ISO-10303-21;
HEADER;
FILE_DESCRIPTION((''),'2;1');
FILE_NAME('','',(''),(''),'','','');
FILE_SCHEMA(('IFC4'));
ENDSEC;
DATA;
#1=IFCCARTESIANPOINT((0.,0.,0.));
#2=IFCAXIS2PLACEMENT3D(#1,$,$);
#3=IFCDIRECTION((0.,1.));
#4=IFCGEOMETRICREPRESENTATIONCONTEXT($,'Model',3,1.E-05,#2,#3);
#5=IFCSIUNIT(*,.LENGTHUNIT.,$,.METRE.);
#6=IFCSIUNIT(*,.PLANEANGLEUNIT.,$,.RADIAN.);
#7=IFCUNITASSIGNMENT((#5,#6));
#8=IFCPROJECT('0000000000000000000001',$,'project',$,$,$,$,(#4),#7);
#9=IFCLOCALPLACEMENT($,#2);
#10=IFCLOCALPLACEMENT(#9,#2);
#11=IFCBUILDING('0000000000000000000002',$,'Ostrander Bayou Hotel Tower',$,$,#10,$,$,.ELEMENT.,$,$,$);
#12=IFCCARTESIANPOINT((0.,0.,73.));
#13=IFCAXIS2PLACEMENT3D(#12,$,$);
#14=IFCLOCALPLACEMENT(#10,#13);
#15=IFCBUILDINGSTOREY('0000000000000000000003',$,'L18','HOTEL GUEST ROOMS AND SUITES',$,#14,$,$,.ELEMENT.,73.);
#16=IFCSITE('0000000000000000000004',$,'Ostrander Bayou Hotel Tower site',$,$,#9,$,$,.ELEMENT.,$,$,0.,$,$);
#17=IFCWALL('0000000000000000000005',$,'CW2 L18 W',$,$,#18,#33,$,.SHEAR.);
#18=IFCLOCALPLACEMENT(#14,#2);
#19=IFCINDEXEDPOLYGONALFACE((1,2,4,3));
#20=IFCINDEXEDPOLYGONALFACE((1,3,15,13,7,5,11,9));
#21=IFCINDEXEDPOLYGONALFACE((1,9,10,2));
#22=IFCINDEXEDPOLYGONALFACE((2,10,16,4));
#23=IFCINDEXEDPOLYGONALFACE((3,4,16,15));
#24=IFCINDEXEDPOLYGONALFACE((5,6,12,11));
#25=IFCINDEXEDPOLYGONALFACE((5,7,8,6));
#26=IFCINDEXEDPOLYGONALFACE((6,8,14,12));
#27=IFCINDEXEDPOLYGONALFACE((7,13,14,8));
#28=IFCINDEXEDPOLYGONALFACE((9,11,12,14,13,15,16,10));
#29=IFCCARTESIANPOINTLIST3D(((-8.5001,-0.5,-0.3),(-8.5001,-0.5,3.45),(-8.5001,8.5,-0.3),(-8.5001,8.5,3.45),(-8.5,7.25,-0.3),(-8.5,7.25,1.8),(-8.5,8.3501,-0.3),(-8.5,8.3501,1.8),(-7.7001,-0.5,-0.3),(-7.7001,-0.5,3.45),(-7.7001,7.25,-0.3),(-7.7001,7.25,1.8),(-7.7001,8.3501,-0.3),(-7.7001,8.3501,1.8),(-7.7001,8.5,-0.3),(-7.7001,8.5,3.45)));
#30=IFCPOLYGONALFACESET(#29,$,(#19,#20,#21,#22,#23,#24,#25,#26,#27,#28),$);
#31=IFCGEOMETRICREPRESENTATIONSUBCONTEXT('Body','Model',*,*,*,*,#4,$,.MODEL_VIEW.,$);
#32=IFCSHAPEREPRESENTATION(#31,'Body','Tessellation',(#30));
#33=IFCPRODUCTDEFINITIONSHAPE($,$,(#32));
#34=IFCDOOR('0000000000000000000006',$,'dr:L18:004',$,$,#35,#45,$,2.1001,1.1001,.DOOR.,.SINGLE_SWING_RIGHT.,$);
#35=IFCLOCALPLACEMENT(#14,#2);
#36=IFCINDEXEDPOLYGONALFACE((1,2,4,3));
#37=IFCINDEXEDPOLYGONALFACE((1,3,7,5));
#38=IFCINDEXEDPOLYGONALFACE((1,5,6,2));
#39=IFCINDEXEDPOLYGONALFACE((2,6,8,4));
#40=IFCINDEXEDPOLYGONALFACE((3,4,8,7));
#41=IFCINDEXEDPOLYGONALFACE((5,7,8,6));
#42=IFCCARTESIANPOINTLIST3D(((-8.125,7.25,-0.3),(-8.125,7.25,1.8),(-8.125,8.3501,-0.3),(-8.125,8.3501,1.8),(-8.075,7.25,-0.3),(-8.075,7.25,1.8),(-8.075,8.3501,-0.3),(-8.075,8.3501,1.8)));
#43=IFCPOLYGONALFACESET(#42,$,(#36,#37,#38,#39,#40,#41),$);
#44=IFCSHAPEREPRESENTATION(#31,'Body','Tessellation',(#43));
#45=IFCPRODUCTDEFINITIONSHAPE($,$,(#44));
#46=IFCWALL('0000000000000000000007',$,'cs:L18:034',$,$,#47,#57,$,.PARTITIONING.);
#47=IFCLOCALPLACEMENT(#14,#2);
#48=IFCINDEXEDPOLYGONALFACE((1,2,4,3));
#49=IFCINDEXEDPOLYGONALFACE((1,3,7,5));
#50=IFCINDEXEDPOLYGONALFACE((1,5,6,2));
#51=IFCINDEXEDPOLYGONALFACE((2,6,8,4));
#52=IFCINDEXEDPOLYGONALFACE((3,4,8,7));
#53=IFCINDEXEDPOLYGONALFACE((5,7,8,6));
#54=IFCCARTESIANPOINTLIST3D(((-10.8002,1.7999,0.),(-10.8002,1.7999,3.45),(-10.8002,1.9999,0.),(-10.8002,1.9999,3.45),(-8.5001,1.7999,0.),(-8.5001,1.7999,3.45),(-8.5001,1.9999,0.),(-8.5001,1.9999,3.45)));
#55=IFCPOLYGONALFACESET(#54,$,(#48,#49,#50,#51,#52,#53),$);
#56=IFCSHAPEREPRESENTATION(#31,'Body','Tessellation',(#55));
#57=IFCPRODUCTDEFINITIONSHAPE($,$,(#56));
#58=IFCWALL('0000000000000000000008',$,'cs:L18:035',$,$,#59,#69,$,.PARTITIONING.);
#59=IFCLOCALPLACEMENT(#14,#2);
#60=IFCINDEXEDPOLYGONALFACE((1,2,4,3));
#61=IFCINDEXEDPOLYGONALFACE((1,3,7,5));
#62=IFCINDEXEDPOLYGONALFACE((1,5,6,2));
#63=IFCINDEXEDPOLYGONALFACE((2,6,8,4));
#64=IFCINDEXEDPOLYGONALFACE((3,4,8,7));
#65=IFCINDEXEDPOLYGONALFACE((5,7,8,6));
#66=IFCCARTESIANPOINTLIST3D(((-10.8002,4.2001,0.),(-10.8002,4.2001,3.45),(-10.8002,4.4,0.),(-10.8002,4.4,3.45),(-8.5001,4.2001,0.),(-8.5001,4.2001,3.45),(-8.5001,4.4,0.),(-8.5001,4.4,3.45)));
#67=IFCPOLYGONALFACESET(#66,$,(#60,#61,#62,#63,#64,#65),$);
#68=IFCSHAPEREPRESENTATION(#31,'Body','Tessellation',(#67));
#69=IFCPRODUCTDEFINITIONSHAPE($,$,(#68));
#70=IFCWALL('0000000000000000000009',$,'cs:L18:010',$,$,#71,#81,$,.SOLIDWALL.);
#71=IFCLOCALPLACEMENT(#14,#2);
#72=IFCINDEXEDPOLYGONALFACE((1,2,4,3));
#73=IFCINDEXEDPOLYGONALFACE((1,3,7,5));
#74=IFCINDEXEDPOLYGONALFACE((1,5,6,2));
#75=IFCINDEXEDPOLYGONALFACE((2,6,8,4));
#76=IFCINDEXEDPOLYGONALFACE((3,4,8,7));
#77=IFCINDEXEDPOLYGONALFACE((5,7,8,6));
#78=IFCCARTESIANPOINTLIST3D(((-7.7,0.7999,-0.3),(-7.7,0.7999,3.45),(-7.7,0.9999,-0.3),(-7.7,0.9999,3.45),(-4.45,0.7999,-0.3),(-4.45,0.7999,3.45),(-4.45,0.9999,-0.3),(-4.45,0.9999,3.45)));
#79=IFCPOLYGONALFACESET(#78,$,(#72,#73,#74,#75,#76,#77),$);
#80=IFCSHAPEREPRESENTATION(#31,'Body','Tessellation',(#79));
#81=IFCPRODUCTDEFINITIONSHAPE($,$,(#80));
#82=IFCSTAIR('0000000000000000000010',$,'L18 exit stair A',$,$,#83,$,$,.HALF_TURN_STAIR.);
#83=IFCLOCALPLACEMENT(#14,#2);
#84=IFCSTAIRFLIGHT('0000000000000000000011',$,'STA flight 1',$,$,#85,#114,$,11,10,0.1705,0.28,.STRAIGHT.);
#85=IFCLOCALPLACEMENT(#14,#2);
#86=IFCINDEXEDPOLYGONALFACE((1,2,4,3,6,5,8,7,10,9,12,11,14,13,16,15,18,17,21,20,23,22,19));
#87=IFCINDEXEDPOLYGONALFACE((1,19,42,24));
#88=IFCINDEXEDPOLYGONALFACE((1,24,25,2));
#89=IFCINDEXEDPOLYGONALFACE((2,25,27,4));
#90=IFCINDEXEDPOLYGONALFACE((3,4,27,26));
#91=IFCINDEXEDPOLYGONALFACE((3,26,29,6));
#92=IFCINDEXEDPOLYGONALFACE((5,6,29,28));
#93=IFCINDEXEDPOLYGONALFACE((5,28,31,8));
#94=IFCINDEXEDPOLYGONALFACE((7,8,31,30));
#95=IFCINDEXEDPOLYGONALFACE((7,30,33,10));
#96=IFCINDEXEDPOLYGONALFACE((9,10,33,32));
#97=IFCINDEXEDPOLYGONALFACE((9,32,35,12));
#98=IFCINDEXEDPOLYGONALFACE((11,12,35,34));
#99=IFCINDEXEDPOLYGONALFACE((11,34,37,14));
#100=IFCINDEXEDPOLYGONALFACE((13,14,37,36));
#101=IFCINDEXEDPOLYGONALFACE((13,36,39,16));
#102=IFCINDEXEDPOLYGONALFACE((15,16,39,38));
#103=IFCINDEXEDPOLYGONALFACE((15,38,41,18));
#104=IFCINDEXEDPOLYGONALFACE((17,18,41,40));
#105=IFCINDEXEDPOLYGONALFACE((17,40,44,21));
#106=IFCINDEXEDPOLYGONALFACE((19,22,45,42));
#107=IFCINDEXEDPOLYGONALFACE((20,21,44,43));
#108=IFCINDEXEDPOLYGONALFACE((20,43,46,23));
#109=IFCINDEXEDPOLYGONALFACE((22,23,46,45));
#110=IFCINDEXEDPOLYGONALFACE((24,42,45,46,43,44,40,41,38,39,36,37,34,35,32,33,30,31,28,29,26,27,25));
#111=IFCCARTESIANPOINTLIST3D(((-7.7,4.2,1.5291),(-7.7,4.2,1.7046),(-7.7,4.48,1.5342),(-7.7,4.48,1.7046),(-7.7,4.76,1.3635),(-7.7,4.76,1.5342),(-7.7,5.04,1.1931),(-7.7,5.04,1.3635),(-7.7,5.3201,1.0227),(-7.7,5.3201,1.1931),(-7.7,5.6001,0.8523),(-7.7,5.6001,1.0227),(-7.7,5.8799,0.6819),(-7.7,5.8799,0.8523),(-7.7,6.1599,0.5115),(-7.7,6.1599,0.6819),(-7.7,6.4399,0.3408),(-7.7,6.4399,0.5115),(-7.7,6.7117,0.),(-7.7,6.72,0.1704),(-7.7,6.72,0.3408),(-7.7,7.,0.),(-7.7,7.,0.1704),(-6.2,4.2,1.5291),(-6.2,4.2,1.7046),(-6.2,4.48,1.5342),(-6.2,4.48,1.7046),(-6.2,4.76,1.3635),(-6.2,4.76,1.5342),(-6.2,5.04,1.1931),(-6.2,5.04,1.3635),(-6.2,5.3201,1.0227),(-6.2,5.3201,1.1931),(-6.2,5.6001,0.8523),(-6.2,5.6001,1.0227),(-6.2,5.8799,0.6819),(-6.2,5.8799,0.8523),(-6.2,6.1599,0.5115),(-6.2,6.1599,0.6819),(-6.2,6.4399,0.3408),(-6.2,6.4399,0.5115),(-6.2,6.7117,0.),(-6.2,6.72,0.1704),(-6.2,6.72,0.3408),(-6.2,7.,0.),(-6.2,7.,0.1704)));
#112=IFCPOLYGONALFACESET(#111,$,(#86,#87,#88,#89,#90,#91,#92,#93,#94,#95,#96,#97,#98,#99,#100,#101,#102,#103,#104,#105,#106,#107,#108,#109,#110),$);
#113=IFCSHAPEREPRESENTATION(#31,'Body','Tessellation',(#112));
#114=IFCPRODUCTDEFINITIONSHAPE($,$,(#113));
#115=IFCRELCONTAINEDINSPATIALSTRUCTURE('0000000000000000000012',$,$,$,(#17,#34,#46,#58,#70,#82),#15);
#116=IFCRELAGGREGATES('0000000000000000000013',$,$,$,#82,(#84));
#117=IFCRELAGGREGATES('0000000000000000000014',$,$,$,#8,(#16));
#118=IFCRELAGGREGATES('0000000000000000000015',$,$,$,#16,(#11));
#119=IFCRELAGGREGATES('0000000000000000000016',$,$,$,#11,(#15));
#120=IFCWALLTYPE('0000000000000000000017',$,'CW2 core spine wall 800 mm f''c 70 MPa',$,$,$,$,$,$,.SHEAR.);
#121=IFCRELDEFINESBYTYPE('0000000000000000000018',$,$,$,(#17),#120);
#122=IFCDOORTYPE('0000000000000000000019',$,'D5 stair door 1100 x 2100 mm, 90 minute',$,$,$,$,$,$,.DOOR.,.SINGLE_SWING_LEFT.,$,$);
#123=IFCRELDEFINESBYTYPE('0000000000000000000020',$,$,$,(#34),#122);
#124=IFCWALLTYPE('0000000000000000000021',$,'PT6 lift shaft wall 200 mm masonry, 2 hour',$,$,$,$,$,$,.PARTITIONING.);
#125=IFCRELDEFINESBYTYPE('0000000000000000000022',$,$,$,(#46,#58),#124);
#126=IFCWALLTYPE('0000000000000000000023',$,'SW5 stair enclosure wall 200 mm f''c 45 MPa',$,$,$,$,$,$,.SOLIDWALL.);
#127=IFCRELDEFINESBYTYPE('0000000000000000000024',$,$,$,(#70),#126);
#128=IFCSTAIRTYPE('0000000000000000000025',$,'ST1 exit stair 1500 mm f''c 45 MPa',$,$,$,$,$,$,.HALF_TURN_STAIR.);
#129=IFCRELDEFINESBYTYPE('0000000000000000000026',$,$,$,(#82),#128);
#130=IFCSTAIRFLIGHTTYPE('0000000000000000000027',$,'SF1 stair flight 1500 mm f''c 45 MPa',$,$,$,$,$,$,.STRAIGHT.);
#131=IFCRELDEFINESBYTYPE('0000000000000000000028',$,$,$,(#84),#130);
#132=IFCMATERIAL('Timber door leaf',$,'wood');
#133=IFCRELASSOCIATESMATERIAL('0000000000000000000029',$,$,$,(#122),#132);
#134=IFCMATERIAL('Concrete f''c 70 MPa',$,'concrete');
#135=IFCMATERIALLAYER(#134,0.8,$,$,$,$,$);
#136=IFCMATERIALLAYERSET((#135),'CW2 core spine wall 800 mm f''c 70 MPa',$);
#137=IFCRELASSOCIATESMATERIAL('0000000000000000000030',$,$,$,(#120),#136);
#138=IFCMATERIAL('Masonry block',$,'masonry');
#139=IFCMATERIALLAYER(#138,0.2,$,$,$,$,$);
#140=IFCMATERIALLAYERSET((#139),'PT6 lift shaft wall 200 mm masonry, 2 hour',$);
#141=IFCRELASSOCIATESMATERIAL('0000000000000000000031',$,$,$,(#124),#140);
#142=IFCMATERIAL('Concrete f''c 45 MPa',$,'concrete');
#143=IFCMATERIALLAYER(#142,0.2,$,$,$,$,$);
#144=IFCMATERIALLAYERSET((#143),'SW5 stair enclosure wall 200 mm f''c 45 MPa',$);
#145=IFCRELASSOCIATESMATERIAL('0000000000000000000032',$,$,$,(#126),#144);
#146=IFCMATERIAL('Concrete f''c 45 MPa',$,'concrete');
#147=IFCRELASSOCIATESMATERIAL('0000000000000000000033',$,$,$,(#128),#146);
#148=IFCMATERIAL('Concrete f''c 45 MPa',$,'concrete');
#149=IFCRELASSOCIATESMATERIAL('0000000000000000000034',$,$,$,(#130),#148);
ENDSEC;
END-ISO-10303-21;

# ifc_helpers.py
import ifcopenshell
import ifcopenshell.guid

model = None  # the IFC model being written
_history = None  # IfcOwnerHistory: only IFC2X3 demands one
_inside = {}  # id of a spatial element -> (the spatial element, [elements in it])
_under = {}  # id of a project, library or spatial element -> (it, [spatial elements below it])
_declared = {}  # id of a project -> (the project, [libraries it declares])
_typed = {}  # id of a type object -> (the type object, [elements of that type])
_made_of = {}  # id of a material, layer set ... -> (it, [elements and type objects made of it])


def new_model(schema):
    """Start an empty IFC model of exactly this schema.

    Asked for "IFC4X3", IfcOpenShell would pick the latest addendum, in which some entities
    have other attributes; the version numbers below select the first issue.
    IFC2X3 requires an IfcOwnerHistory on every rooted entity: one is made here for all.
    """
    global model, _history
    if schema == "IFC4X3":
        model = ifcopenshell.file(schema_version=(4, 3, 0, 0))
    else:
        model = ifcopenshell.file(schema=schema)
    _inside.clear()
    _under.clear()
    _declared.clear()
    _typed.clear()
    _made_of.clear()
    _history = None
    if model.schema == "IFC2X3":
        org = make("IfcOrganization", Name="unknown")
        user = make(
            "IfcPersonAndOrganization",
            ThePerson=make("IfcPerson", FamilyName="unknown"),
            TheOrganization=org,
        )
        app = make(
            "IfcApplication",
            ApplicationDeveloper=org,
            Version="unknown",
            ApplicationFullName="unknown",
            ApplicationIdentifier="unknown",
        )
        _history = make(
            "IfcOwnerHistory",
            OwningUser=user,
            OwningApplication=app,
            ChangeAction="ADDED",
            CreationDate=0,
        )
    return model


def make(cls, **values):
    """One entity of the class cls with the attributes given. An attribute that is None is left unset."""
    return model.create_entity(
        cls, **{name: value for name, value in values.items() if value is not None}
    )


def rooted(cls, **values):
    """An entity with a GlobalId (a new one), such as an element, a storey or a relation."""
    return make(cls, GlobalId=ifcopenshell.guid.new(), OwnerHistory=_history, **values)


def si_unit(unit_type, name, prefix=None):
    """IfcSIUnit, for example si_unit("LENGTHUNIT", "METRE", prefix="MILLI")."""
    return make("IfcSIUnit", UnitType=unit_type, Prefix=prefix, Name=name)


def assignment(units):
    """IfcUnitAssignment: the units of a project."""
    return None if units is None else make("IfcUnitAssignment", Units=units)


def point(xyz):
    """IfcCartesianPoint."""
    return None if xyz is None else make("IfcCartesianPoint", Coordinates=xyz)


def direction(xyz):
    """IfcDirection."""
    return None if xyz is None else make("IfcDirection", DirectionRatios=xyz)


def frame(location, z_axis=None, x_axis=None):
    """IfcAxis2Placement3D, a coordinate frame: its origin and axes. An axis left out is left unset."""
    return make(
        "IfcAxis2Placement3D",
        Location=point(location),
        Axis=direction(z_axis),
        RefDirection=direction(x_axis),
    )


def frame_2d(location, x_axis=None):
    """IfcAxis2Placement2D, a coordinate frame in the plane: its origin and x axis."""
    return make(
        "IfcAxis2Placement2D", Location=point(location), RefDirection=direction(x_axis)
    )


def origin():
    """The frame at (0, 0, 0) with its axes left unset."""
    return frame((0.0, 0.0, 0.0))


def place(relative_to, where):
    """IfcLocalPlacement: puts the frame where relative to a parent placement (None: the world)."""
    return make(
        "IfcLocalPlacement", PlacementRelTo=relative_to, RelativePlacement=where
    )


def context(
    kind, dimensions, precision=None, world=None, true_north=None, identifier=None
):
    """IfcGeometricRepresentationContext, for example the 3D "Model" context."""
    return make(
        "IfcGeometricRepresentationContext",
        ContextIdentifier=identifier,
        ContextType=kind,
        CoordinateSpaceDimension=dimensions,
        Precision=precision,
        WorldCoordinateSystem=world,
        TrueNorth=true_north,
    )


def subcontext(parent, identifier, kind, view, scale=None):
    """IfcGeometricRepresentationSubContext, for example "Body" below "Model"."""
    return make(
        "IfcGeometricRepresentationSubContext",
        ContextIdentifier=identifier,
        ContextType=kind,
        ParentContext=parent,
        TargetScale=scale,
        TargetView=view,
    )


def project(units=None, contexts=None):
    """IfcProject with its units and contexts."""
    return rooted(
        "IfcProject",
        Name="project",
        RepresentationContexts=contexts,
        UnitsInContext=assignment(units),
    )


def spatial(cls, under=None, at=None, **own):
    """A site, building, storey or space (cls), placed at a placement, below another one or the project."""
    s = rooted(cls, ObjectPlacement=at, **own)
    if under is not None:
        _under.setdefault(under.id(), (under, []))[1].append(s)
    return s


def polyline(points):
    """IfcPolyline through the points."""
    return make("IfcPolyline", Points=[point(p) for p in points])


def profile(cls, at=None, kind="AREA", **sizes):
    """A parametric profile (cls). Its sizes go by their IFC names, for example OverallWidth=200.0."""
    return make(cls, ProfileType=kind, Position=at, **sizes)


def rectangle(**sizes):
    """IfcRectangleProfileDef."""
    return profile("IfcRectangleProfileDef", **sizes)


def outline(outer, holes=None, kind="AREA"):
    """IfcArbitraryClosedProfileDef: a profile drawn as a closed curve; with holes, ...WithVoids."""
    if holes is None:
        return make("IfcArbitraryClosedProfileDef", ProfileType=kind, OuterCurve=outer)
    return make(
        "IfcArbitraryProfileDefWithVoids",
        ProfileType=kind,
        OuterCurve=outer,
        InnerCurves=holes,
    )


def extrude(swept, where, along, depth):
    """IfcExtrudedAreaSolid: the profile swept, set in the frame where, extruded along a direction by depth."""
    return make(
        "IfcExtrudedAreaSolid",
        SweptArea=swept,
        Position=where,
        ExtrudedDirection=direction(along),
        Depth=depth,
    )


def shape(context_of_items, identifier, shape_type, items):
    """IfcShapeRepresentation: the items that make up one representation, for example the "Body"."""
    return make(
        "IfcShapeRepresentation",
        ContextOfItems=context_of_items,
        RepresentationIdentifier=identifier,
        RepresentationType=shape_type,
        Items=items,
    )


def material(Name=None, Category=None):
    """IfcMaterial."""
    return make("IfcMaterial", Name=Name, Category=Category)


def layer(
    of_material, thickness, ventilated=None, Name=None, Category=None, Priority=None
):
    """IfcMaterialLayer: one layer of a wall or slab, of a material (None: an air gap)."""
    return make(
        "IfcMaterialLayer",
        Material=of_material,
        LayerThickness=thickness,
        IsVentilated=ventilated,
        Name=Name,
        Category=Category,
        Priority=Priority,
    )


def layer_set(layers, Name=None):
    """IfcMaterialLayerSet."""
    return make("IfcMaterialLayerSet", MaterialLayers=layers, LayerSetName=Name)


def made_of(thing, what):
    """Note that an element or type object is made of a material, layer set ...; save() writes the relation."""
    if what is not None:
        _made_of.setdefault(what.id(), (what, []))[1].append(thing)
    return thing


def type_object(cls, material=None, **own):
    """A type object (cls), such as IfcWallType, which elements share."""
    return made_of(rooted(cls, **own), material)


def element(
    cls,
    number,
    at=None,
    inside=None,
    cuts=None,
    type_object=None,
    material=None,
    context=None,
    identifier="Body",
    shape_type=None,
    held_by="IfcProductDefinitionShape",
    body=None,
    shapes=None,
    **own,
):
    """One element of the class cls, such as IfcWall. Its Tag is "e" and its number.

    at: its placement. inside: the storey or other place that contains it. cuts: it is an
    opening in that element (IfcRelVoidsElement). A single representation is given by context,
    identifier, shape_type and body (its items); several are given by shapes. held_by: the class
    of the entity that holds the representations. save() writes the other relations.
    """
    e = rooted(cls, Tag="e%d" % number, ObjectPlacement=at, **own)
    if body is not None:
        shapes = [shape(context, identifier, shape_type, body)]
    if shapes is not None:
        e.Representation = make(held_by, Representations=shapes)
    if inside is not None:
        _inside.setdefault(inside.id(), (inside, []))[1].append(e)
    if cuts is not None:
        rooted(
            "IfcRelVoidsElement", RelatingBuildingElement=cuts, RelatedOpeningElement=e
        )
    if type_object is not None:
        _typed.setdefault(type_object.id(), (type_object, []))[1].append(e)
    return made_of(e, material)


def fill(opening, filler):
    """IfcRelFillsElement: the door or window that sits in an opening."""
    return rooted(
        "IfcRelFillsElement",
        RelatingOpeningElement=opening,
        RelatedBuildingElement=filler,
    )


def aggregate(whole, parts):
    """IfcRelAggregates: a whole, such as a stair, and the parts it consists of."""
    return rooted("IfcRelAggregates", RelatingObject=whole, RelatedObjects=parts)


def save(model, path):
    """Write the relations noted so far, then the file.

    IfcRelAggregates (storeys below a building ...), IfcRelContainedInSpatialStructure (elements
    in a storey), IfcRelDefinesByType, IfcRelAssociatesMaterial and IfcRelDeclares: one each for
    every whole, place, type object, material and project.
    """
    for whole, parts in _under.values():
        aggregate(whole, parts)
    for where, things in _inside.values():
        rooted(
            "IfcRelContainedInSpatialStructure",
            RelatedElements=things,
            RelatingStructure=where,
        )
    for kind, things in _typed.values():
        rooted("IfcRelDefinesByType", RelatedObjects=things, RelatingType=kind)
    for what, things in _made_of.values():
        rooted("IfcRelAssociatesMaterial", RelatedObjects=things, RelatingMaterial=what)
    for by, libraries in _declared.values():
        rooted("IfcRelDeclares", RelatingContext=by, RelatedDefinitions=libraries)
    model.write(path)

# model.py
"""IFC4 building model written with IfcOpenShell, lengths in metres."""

from ifc_helpers import new_model, si_unit, direction, frame, frame_2d, origin, place, context, subcontext, project, spatial, polyline, rectangle, outline, extrude, material, layer, layer_set, type_object, element, fill, aggregate, save


model = new_model("IFC4")

# Units and contexts
model_context = context("Model", 3, precision=1e-05, world=origin(), true_north=direction((0.0, 1.0)))
body_context = subcontext(model_context, "Body", "Model", "MODEL_VIEW")
ifc_project = project(units=[si_unit("LENGTHUNIT", "METRE"), si_unit("PLANEANGLEUNIT", "RADIAN")], contexts=[model_context])

# Site, building, storey
site_placement = place(None, origin())
site = spatial("IfcSite", under=ifc_project, at=site_placement, Name="Ostrander Bayou Hotel Tower site", CompositionType="ELEMENT", RefElevation=0.0)
building_placement = place(site_placement, origin())
building = spatial("IfcBuilding", under=site, at=building_placement, Name="Ostrander Bayou Hotel Tower", CompositionType="ELEMENT")
storey_placement = place(building_placement, frame((0.0, 0.0, 73.0)))
storey = spatial("IfcBuildingStorey", under=building, at=storey_placement, Name="L18", Description="HOTEL GUEST ROOMS AND SUITES", CompositionType="ELEMENT", Elevation=73.0)

# Shared definitions
ifc_material_1 = material(Name="Timber door leaf", Category="wood")
door_type_1 = type_object("IfcDoorType", Name="D5 stair door 1100 x 2100 mm, 90 minute", OperationType="SINGLE_SWING_LEFT", PredefinedType="DOOR", material=ifc_material_1)

# Wall, opening, door
ifc_material_2 = material(Name="Concrete f'c 70 MPa", Category="concrete")
ifc_layer_1 = layer(ifc_material_2, 0.8)
ifc_layer_set_1 = layer_set([ifc_layer_1], Name="CW2 core spine wall 800 mm f'c 70 MPa")
wall_type_1 = type_object("IfcWallType", Name="CW2 core spine wall 800 mm f'c 70 MPa", PredefinedType="SHEAR", material=ifc_layer_set_1)
wall_1_placement = place(storey_placement, frame((-8.1001, -0.5, -0.3), z_axis=(0.0, 0.0, 1.0), x_axis=(0.0, 1.0, 0.0)))
wall_1 = element("IfcWall", 1, at=wall_1_placement, inside=storey, type_object=wall_type_1, Name="CW2 L18 W", PredefinedType="SHEAR", context=body_context, shape_type="SweptSolid", body=[
    extrude(rectangle(XDim=9.0, YDim=0.8, at=frame_2d((4.5, 0.0))), origin(), (0.0, 0.0, 1.0), 3.75),
])
opening_1_placement = place(wall_1_placement, frame((7.75, 0.0, 0.0)))
opening_1 = element("IfcOpeningElement", 2, at=opening_1_placement, cuts=wall_1, PredefinedType="OPENING", context=body_context, shape_type="SweptSolid", body=[
    extrude(rectangle(XDim=1.1001, YDim=2.1001, at=frame_2d((0.55, 1.05))), frame((0.0, 0.3999, 0.0), z_axis=(0.0, -1.0, 0.0), x_axis=(1.0, 0.0, 0.0)), (0.0, 0.0, 1.0), 0.8),
])
door_1_placement = place(opening_1_placement, origin())
door_1 = element("IfcDoor", 3, at=door_1_placement, inside=storey, type_object=door_type_1, Name="dr:L18:004", OperationType="SINGLE_SWING_RIGHT", OverallHeight=2.1001, OverallWidth=1.1001, PredefinedType="DOOR", context=body_context, shape_type="SweptSolid", body=[
    extrude(rectangle(XDim=1.1001, YDim=2.1001, at=frame_2d((0.55, 1.05))), frame((0.0, 0.0249, 0.0), z_axis=(0.0, -1.0, 0.0), x_axis=(1.0, 0.0, 0.0)), (0.0, 0.0, 1.0), 0.05),
])
fill(opening_1, door_1)

# Walls
ifc_material_3 = material(Name="Masonry block", Category="masonry")
ifc_layer_2 = layer(ifc_material_3, 0.2)
ifc_layer_set_2 = layer_set([ifc_layer_2], Name="PT6 lift shaft wall 200 mm masonry, 2 hour")
wall_type_2 = type_object("IfcWallType", Name="PT6 lift shaft wall 200 mm masonry, 2 hour", PredefinedType="PARTITIONING", material=ifc_layer_set_2)
for number, where, z_axis, x_axis, name in (
    (4, (-10.8, 1.8999, 0.0), (0.0, 0.0, 1.0), (1.0, 0.0, 0.0), "cs:L18:034"),
    (5, (-10.8, 4.3, 0.0), (0.0, 0.0, 1.0), (1.0, 0.0, 0.0), "cs:L18:035"),
):
    element("IfcWall", number, at=place(storey_placement, frame(where, z_axis=z_axis, x_axis=x_axis)), inside=storey, type_object=wall_type_2, Name=name, PredefinedType="PARTITIONING", context=body_context, shape_type="SweptSolid", body=[
        extrude(rectangle(XDim=2.3, YDim=0.2, at=frame_2d((1.1499, 0.0))), origin(), (0.0, 0.0, 1.0), 3.45),
    ])
ifc_material_4 = material(Name="Concrete f'c 45 MPa", Category="concrete")
ifc_layer_3 = layer(ifc_material_4, 0.2)
ifc_layer_set_3 = layer_set([ifc_layer_3], Name="SW5 stair enclosure wall 200 mm f'c 45 MPa")
wall_type_3 = type_object("IfcWallType", Name="SW5 stair enclosure wall 200 mm f'c 45 MPa", PredefinedType="SOLIDWALL", material=ifc_layer_set_3)
wall_2_placement = place(storey_placement, frame((-7.7, 0.8999, -0.3), z_axis=(0.0, 0.0, 1.0), x_axis=(1.0, 0.0, 0.0)))
element("IfcWall", 6, at=wall_2_placement, inside=storey, type_object=wall_type_3, Name="cs:L18:010", PredefinedType="SOLIDWALL", context=body_context, shape_type="SweptSolid", body=[
    extrude(rectangle(XDim=3.25, YDim=0.2, at=frame_2d((1.625, 0.0))), origin(), (0.0, 0.0, 1.0), 3.75),
])

# Stair, stair flight
ifc_material_5 = material(Name="Concrete f'c 45 MPa", Category="concrete")
stair_type = type_object("IfcStairType", Name="ST1 exit stair 1500 mm f'c 45 MPa", PredefinedType="HALF_TURN_STAIR", material=ifc_material_5)
stair_placement = place(storey_placement, origin())
stair = element("IfcStair", 7, at=stair_placement, inside=storey, type_object=stair_type, Name="L18 exit stair A", PredefinedType="HALF_TURN_STAIR")
ifc_material_6 = material(Name="Concrete f'c 45 MPa", Category="concrete")
stair_flight_type = type_object("IfcStairFlightType", Name="SF1 stair flight 1500 mm f'c 45 MPa", PredefinedType="STRAIGHT", material=ifc_material_6)
stair_flight_placement = place(storey_placement, frame((-6.95, 7.0, 0.0), z_axis=(0.0, 0.0, 1.0), x_axis=(0.0, -1.0, 0.0)))
stair_flight = element("IfcStairFlight", 8, at=stair_flight_placement, type_object=stair_flight_type, Name="STA flight 1", NumberOfRisers=11, NumberOfTreads=10, PredefinedType="STRAIGHT", RiserHeight=0.1705, TreadLength=0.28, context=body_context, shape_type="SweptSolid", body=[
    extrude(outline(polyline([(0.0, 0.0), (0.0, 0.1704), (0.28, 0.1704), (0.28, 0.3408), (0.5601, 0.3408), (0.5601, 0.5115), (0.8401, 0.5115), (0.8401, 0.6819), (1.1201, 0.6819), (1.1201, 0.8523), (1.3999, 0.8523), (1.3999, 1.0227), (1.6799, 1.0227), (1.6799, 1.1931), (1.96, 1.1931), (1.96, 1.3635), (2.24, 1.3635), (2.24, 1.5342), (2.52, 1.5342), (2.52, 1.7046), (2.8, 1.7046), (2.8, 1.875), (2.8, 1.5291), (0.2883, 0.0), (0.0, 0.0)])), frame((0.0, 0.75, 0.0), z_axis=(0.0, -1.0, 0.0), x_axis=(1.0, 0.0, 0.0)), (0.0, 0.0, 1.0), 1.5),
])
aggregate(stair, [stair_flight])

save(model, "model.ifc")
